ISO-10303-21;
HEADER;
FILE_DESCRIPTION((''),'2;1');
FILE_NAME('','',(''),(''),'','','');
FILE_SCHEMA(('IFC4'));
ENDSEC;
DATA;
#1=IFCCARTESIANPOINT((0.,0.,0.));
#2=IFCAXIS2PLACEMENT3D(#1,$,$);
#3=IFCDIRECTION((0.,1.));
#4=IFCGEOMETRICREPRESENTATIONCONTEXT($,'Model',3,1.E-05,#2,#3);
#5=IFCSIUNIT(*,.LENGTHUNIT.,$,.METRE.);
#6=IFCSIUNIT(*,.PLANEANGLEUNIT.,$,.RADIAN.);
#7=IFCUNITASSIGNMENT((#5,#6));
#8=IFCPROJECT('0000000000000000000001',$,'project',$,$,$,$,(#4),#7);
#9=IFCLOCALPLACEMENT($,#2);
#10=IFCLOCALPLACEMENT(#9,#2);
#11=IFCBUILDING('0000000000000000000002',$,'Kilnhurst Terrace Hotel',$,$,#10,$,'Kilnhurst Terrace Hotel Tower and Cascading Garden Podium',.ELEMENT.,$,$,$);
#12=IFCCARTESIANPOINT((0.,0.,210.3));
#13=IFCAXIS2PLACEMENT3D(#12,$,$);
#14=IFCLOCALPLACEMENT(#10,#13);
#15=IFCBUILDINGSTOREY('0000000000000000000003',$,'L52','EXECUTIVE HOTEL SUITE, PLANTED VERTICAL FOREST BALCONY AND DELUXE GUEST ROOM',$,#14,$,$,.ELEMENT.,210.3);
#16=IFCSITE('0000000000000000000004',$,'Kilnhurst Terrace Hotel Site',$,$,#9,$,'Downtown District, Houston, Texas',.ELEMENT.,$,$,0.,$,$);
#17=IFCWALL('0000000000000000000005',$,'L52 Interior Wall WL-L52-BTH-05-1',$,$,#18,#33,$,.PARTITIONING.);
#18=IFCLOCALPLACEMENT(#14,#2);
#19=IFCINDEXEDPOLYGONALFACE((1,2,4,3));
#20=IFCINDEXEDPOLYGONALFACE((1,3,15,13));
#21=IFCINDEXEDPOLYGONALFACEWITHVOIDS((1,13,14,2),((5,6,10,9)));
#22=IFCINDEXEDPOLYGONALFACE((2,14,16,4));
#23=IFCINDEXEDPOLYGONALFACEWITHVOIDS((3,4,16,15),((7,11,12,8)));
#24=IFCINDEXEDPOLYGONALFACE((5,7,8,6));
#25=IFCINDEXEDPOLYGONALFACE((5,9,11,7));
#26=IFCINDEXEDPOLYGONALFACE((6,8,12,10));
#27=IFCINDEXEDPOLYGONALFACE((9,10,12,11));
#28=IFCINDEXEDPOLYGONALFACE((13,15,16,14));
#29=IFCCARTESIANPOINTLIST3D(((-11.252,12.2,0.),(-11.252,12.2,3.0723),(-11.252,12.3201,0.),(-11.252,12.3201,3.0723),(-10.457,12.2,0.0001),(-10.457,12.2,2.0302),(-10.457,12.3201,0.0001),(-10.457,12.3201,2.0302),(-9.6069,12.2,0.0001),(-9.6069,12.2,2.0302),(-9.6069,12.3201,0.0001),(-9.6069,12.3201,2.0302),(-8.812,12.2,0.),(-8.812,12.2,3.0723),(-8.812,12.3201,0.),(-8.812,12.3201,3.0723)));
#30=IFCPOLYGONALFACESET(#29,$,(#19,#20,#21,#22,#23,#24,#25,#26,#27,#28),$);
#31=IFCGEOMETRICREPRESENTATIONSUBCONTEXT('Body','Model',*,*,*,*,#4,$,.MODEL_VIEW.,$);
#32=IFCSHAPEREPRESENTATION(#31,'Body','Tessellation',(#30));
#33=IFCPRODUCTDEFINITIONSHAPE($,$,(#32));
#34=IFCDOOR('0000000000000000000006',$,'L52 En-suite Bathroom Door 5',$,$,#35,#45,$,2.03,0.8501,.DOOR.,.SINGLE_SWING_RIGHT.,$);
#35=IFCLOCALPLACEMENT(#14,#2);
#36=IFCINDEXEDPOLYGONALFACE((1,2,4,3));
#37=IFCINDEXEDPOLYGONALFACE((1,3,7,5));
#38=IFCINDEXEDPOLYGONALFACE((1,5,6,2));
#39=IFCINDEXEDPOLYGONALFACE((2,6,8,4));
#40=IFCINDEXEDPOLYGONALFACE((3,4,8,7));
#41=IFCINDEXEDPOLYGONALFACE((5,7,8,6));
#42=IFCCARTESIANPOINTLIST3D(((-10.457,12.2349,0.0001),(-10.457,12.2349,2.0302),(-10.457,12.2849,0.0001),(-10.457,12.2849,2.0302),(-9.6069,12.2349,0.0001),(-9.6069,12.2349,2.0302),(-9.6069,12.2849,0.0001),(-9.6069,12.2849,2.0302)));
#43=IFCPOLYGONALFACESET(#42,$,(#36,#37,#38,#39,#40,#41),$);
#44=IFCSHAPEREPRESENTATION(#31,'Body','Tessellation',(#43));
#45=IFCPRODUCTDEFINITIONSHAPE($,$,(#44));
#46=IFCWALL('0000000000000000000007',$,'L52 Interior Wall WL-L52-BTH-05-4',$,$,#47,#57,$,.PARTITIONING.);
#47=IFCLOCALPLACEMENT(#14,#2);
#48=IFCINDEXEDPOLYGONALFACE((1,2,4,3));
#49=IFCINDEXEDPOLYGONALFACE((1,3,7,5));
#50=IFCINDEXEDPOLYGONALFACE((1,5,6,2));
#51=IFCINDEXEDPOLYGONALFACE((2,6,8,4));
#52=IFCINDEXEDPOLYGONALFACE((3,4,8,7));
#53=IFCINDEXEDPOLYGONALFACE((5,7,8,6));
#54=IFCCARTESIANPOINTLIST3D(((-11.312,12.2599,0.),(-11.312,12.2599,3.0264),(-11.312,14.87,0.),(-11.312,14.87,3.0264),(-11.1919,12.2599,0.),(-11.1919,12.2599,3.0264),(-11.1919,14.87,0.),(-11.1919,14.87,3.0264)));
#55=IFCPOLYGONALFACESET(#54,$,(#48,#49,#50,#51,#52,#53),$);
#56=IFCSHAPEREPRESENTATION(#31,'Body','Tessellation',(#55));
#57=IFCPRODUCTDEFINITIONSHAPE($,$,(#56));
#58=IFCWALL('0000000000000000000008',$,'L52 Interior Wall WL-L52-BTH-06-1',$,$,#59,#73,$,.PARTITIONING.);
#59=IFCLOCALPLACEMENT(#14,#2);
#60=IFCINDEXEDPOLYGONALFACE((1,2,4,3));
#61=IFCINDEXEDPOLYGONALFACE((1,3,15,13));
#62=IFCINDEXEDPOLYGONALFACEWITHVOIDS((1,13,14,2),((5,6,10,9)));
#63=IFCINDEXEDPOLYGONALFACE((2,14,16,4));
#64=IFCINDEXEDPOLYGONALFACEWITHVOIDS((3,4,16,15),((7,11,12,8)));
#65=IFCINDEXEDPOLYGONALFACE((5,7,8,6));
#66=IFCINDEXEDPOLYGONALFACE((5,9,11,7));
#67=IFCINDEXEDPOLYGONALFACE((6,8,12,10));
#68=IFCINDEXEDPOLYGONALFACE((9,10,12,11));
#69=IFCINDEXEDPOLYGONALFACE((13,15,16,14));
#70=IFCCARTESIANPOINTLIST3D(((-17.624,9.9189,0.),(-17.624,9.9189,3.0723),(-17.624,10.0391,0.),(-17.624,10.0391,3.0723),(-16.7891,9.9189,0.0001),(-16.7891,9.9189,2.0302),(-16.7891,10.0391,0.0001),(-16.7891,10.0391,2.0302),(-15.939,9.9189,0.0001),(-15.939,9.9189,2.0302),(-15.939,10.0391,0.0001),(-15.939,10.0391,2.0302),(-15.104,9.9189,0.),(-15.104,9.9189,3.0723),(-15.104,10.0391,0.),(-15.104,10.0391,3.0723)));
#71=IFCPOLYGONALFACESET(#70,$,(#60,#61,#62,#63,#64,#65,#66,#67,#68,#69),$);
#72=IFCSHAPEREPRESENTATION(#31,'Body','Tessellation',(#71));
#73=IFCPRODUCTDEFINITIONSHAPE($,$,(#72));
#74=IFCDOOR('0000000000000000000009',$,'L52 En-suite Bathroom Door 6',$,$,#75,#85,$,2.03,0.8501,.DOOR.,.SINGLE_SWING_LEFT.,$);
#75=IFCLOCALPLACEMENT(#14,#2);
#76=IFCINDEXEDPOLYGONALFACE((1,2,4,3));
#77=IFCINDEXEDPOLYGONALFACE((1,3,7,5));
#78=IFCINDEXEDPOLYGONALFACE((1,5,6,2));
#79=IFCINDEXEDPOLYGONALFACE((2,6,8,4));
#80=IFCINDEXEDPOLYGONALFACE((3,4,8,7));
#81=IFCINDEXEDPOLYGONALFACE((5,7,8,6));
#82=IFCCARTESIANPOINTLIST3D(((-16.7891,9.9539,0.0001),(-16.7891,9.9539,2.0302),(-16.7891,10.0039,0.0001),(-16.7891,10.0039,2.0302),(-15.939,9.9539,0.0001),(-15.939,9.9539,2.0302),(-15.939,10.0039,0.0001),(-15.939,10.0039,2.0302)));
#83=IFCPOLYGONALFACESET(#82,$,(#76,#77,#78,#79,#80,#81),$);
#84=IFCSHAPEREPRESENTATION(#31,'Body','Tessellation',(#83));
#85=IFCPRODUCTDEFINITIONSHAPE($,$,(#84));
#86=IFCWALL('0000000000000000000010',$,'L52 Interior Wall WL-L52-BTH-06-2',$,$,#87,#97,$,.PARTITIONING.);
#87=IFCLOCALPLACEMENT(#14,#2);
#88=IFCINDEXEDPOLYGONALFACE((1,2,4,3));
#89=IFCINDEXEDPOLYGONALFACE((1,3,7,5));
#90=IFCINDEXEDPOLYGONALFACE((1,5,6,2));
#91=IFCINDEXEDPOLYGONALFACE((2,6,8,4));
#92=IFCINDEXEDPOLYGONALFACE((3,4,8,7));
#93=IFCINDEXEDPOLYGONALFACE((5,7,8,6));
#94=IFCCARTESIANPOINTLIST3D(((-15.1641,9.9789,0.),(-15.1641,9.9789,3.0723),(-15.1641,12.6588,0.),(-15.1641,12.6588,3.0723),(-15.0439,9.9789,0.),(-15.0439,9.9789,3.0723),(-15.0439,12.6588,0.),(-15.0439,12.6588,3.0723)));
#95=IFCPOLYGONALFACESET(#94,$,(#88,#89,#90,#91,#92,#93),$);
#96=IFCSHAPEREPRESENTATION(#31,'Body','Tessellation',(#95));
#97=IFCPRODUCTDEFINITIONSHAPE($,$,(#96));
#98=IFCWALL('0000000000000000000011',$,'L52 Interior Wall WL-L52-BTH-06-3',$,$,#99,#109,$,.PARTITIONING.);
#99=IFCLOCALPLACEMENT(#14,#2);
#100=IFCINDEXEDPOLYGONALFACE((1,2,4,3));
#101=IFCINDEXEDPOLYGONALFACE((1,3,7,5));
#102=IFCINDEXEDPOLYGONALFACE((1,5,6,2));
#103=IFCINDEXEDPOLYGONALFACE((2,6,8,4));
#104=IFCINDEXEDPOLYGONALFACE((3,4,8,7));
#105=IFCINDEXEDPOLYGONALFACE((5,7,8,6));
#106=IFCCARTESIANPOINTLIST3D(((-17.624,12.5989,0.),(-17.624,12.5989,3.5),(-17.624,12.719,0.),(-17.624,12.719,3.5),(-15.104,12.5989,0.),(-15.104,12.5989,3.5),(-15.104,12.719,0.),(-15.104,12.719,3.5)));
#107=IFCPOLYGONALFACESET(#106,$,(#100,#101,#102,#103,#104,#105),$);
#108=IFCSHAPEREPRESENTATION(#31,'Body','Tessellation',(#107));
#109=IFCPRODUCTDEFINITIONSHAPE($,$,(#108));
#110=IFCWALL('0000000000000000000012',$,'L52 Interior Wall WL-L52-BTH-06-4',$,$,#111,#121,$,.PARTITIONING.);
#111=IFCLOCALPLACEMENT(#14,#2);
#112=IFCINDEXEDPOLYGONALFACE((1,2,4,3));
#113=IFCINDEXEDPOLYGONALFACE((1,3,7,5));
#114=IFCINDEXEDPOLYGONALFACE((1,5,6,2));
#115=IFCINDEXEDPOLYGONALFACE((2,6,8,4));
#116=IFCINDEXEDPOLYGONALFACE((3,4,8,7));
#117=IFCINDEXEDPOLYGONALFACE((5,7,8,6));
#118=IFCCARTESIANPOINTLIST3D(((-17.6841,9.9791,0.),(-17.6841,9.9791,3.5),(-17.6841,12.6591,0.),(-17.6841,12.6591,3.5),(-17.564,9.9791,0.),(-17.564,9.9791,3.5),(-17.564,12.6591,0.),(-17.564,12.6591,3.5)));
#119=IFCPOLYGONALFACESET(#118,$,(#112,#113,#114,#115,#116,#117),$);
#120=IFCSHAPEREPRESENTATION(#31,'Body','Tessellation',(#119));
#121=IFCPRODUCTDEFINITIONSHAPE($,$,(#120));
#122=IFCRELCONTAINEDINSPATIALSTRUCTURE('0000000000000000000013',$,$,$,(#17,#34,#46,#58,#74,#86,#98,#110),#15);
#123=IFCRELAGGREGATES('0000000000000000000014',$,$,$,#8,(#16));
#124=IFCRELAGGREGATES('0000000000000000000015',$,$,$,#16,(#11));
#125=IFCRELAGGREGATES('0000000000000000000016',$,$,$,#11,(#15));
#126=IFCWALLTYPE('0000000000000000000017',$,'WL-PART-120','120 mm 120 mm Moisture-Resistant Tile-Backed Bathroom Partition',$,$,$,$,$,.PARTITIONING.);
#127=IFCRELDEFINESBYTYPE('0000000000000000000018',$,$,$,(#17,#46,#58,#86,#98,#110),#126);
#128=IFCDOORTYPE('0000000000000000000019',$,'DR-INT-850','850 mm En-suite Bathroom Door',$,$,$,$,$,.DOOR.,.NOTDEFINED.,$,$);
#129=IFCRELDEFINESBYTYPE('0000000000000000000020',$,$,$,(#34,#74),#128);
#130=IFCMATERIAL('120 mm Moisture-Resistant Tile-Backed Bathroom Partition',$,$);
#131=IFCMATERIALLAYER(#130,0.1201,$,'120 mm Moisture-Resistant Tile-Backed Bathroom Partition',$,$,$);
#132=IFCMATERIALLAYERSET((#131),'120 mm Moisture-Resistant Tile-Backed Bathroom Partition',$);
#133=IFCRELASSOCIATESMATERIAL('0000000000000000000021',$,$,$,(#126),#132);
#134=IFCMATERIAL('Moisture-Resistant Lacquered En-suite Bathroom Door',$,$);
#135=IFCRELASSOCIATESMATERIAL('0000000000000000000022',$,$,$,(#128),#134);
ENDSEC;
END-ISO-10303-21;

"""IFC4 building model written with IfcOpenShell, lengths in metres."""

from ifc_helpers import new_model, si_unit, direction, frame, frame_2d, origin, place, context, subcontext, project, spatial, rectangle, extrude, material, layer, layer_set, type_object, element, fill, save


model = new_model("IFC4")

# Units and contexts
model_context = context("Model", 3, precision=1e-05, world=origin(), true_north=direction((0.0, 1.0)))
body_context = subcontext(model_context, "Body", "Model", "MODEL_VIEW")
ifc_project = project(units=[si_unit("LENGTHUNIT", "METRE"), si_unit("PLANEANGLEUNIT", "RADIAN")], contexts=[model_context])

# Site, building, storey
site_placement = place(None, origin())
site = spatial("IfcSite", under=ifc_project, at=site_placement, Name="Kilnhurst Terrace Hotel Site", LongName="Downtown District, Houston, Texas", CompositionType="ELEMENT", RefElevation=0.0)
building_placement = place(site_placement, origin())
building = spatial("IfcBuilding", under=site, at=building_placement, Name="Kilnhurst Terrace Hotel", LongName="Kilnhurst Terrace Hotel Tower and Cascading Garden Podium", CompositionType="ELEMENT")
storey_placement = place(building_placement, frame((0.0, 0.0, 210.3)))
storey = spatial("IfcBuildingStorey", under=building, at=storey_placement, Name="L52", Description="EXECUTIVE HOTEL SUITE, PLANTED VERTICAL FOREST BALCONY AND DELUXE GUEST ROOM", CompositionType="ELEMENT", Elevation=210.3)

# Wall, opening, door
ifc_material_1 = material(Name="120 mm Moisture-Resistant Tile-Backed Bathroom Partition")
ifc_layer_1 = layer(ifc_material_1, 0.1201, Name="120 mm Moisture-Resistant Tile-Backed Bathroom Partition")
ifc_layer_set_1 = layer_set([ifc_layer_1], Name="120 mm Moisture-Resistant Tile-Backed Bathroom Partition")
wall_type_1 = type_object("IfcWallType", Name="WL-PART-120", Description="120 mm 120 mm Moisture-Resistant Tile-Backed Bathroom Partition", PredefinedType="PARTITIONING", material=ifc_layer_set_1)
wall_1_placement = place(storey_placement, frame((-11.252, 12.26, 0.0), z_axis=(0.0, 0.0, 1.0), x_axis=(1.0, 0.0, 0.0)))
wall_1 = element("IfcWall", 1, at=wall_1_placement, inside=storey, type_object=wall_type_1, Name="L52 Interior Wall WL-L52-BTH-05-1", PredefinedType="PARTITIONING", context=body_context, shape_type="SweptSolid", body=[
    extrude(rectangle(XDim=2.4399, YDim=0.1201, at=frame_2d((1.22, 0.0))), origin(), (0.0, 0.0, 1.0), 3.0723),
])
opening_1_placement = place(wall_1_placement, frame((0.7949, 0.0, 0.0)))
opening_1 = element("IfcOpeningElement", 2, at=opening_1_placement, cuts=wall_1, PredefinedType="OPENING", context=body_context, shape_type="SweptSolid", body=[
    extrude(rectangle(XDim=0.8501, YDim=2.03, at=frame_2d((0.425, 1.0151))), frame((0.0, 0.0701, 0.0), z_axis=(0.0, -1.0, 0.0), x_axis=(1.0, 0.0, 0.0)), (0.0, 0.0, 1.0), 0.1401),
])
ifc_material_2 = material(Name="Moisture-Resistant Lacquered En-suite Bathroom Door")
door_type_1 = type_object("IfcDoorType", Name="DR-INT-850", Description="850 mm En-suite Bathroom Door", OperationType="NOTDEFINED", PredefinedType="DOOR", material=ifc_material_2)
door_1_placement = place(opening_1_placement, origin())
door_1 = element("IfcDoor", 3, at=door_1_placement, inside=storey, type_object=door_type_1, Name="L52 En-suite Bathroom Door 5", OperationType="SINGLE_SWING_RIGHT", OverallHeight=2.03, OverallWidth=0.8501, PredefinedType="DOOR", context=body_context, shape_type="SweptSolid", body=[
    extrude(rectangle(XDim=0.8501, YDim=2.03, at=frame_2d((0.425, 1.0151))), frame((0.0, 0.0249, 0.0), z_axis=(0.0, -1.0, 0.0), x_axis=(1.0, 0.0, 0.0)), (0.0, 0.0, 1.0), 0.05),
])
fill(opening_1, door_1)

# Wall
wall_2_placement = place(storey_placement, frame((-11.252, 14.8701, 0.0), z_axis=(0.0, 0.0, 1.0), x_axis=(0.0, -1.0, 0.0)))
element("IfcWall", 4, at=wall_2_placement, inside=storey, type_object=wall_type_1, Name="L52 Interior Wall WL-L52-BTH-05-4", PredefinedType="PARTITIONING", context=body_context, shape_type="SweptSolid", body=[
    extrude(rectangle(XDim=2.6101, YDim=0.1201, at=frame_2d((1.3052, 0.0))), origin(), (0.0, 0.0, 1.0), 3.0264),
])

# Wall, opening, door
wall_3_placement = place(storey_placement, frame((-17.624, 9.979, 0.0), z_axis=(0.0, 0.0, 1.0), x_axis=(1.0, 0.0, 0.0)))
wall_3 = element("IfcWall", 5, at=wall_3_placement, inside=storey, type_object=wall_type_1, Name="L52 Interior Wall WL-L52-BTH-06-1", PredefinedType="PARTITIONING", context=body_context, shape_type="SweptSolid", body=[
    extrude(rectangle(XDim=2.52, YDim=0.1201, at=frame_2d((1.26, 0.0))), origin(), (0.0, 0.0, 1.0), 3.0723),
])
opening_2_placement = place(wall_3_placement, frame((0.835, 0.0, 0.0)))
opening_2 = element("IfcOpeningElement", 6, at=opening_2_placement, cuts=wall_3, PredefinedType="OPENING", context=body_context, shape_type="SweptSolid", body=[
    extrude(rectangle(XDim=0.8501, YDim=2.03, at=frame_2d((0.425, 1.0151))), frame((0.0, 0.0701, 0.0), z_axis=(0.0, -1.0, 0.0), x_axis=(1.0, 0.0, 0.0)), (0.0, 0.0, 1.0), 0.1401),
])
door_2_placement = place(opening_2_placement, origin())
door_2 = element("IfcDoor", 7, at=door_2_placement, inside=storey, type_object=door_type_1, Name="L52 En-suite Bathroom Door 6", OperationType="SINGLE_SWING_LEFT", OverallHeight=2.03, OverallWidth=0.8501, PredefinedType="DOOR", context=body_context, shape_type="SweptSolid", body=[
    extrude(rectangle(XDim=0.8501, YDim=2.03, at=frame_2d((0.425, 1.0151))), frame((0.0, 0.0249, 0.0), z_axis=(0.0, -1.0, 0.0), x_axis=(1.0, 0.0, 0.0)), (0.0, 0.0, 1.0), 0.05),
])
fill(opening_2, door_2)

# Walls
wall_4_placement = place(storey_placement, frame((-15.104, 9.979, 0.0), z_axis=(0.0, 0.0, 1.0), x_axis=(0.0, 1.0, 0.0)))
element("IfcWall", 8, at=wall_4_placement, inside=storey, type_object=wall_type_1, Name="L52 Interior Wall WL-L52-BTH-06-2", PredefinedType="PARTITIONING", context=body_context, shape_type="SweptSolid", body=[
    extrude(rectangle(XDim=2.6799, YDim=0.1201, at=frame_2d((1.3398, 0.0))), origin(), (0.0, 0.0, 1.0), 3.0723),
])
wall_5_placement = place(storey_placement, frame((-15.104, 12.6589, 0.0), z_axis=(0.0, 0.0, 1.0), x_axis=(-1.0, 0.0, 0.0)))
element("IfcWall", 9, at=wall_5_placement, inside=storey, type_object=wall_type_1, Name="L52 Interior Wall WL-L52-BTH-06-3", PredefinedType="PARTITIONING", context=body_context, shape_type="SweptSolid", body=[
    extrude(rectangle(XDim=2.52, YDim=0.1201, at=frame_2d((1.26, 0.0))), origin(), (0.0, 0.0, 1.0), 3.5),
])
wall_6_placement = place(storey_placement, frame((-17.624, 12.6589, 0.0), z_axis=(0.0, 0.0, 1.0), x_axis=(0.0, -1.0, 0.0)))
element("IfcWall", 10, at=wall_6_placement, inside=storey, type_object=wall_type_1, Name="L52 Interior Wall WL-L52-BTH-06-4", PredefinedType="PARTITIONING", context=body_context, shape_type="SweptSolid", body=[
    extrude(rectangle(XDim=2.6799, YDim=0.1201, at=frame_2d((1.3398, 0.0))), origin(), (0.0, 0.0, 1.0), 3.5),
])

save(model, "model.ifc")
